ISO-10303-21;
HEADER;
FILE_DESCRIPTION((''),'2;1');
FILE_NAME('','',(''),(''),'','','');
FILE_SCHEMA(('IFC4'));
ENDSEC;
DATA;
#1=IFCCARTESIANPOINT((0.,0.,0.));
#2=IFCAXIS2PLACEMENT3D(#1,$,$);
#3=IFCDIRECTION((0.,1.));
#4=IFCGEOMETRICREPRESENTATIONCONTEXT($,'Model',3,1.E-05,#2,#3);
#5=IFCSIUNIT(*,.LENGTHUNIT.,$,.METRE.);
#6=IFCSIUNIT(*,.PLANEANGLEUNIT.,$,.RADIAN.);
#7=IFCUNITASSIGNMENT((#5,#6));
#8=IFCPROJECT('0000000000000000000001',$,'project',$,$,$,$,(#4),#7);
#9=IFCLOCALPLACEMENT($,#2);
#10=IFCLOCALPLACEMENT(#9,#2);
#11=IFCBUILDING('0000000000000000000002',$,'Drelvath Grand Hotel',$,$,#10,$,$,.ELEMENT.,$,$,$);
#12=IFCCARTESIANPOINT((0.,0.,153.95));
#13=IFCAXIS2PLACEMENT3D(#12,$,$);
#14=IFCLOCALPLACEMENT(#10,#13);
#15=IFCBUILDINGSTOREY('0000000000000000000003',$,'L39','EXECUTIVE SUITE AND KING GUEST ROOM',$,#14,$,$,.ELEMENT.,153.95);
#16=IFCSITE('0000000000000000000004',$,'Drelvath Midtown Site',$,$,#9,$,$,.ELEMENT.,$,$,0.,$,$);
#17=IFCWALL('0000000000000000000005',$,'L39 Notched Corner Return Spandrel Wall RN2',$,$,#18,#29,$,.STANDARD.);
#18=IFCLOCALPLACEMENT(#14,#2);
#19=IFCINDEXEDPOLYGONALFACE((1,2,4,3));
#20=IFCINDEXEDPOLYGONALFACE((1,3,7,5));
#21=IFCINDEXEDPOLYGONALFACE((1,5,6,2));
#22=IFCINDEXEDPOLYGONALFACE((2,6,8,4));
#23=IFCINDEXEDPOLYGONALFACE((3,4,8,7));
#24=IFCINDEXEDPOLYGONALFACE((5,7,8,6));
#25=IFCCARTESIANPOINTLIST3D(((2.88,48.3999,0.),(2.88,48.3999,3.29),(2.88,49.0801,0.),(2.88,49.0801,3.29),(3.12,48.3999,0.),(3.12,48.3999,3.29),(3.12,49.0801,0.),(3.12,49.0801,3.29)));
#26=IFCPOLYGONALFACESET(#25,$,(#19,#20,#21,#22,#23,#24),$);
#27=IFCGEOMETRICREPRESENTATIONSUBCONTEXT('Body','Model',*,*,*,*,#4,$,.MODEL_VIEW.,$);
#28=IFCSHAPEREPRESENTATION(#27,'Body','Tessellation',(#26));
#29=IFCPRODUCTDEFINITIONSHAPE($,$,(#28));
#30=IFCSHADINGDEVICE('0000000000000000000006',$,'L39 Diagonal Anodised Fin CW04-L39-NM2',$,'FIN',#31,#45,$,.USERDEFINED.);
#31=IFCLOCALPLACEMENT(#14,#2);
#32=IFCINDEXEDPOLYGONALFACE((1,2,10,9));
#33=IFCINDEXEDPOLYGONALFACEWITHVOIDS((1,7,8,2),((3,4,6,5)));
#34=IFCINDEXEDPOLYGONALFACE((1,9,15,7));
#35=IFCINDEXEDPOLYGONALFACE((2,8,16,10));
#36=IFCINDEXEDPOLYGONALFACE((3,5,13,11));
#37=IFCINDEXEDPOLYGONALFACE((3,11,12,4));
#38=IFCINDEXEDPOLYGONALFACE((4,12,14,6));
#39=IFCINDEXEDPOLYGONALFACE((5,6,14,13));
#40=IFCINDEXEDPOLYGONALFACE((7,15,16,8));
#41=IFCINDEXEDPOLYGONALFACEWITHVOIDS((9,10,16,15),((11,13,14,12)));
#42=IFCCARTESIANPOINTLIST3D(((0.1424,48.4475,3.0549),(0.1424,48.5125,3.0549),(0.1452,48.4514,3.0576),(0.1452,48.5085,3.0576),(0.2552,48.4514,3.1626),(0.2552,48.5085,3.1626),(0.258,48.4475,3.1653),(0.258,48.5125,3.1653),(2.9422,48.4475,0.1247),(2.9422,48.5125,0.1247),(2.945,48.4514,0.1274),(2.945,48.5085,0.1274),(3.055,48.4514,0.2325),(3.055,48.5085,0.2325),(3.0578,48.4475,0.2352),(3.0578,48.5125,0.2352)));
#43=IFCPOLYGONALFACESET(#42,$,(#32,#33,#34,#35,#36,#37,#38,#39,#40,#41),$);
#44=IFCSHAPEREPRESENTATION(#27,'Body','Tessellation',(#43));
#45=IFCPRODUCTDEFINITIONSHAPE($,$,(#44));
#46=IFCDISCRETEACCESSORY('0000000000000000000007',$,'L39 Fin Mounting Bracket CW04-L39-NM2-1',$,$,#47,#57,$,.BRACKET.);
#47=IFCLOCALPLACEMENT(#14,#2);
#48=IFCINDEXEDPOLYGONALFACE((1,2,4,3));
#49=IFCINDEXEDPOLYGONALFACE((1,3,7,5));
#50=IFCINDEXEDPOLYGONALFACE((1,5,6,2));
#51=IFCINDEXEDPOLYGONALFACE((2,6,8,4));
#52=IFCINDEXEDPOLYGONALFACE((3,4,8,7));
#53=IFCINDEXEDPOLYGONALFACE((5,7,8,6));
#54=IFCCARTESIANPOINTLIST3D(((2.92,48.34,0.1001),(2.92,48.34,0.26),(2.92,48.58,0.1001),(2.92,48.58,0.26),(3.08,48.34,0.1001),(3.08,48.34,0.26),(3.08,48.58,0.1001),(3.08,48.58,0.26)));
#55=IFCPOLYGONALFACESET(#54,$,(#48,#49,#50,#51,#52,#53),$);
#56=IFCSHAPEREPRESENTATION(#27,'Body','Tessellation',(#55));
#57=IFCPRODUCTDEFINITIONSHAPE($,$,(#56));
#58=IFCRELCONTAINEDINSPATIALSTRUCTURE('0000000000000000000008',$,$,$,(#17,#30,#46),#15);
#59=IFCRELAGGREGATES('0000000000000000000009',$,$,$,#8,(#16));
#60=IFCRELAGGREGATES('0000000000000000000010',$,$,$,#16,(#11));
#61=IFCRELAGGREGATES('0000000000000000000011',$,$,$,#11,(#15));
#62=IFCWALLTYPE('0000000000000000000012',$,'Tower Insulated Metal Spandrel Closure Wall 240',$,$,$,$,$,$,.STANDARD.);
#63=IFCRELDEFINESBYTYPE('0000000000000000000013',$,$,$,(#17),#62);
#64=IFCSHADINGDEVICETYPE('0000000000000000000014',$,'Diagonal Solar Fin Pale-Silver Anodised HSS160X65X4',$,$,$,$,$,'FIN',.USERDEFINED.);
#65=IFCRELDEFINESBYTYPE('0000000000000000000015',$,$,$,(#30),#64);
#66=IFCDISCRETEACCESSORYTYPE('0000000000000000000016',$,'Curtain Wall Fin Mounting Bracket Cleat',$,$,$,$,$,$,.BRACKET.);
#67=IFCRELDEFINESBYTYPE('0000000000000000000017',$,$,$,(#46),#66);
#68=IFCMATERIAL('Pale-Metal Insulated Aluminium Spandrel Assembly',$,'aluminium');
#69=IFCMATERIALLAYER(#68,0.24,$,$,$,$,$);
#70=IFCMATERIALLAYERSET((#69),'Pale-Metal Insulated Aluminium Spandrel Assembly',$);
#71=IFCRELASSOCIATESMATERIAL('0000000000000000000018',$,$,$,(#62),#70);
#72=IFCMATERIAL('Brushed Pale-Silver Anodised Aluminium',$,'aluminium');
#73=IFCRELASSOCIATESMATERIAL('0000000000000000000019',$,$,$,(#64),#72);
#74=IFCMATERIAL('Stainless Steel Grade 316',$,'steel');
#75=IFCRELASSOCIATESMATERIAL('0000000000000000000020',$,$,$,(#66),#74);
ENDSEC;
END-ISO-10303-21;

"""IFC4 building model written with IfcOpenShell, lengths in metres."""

from ifc_helpers import new_model, si_unit, direction, frame, frame_2d, origin, origin_2d, place, context, subcontext, project, spatial, rectangle, hollow_rectangle, extrude, material, layer, layer_set, material_profile, profile_set, type_object, element, save


model = new_model("IFC4")

# Units and contexts
model_context = context("Model", 3, precision=1e-05, world=origin(), true_north=direction((0.0, 1.0)))
body_context = subcontext(model_context, "Body", "Model", "MODEL_VIEW")
ifc_project = project(units=[si_unit("LENGTHUNIT", "METRE"), si_unit("PLANEANGLEUNIT", "RADIAN")], contexts=[model_context])

# Site, building, storey
site_placement = place(None, origin())
site = spatial("IfcSite", under=ifc_project, at=site_placement, Name="Drelvath Midtown Site", CompositionType="ELEMENT", RefElevation=0.0)
building_placement = place(site_placement, origin())
building = spatial("IfcBuilding", under=site, at=building_placement, Name="Drelvath Grand Hotel", CompositionType="ELEMENT")
storey_placement = place(building_placement, frame((0.0, 0.0, 153.95)))
storey = spatial("IfcBuildingStorey", under=building, at=storey_placement, Name="L39", Description="EXECUTIVE SUITE AND KING GUEST ROOM", CompositionType="ELEMENT", Elevation=153.95)

# Wall
ifc_material_1 = material(Name="Pale-Metal Insulated Aluminium Spandrel Assembly", Category="aluminium")
ifc_layer_1 = layer(ifc_material_1, 0.24)
ifc_layer_set_1 = layer_set([ifc_layer_1], Name="Pale-Metal Insulated Aluminium Spandrel Assembly")
wall_type_1 = type_object("IfcWallType", Name="Tower Insulated Metal Spandrel Closure Wall 240", PredefinedType="STANDARD", material=ifc_layer_set_1)
wall_1_placement = place(storey_placement, frame((3.0, 48.3999, 0.0), z_axis=(0.0, 0.0, 1.0), x_axis=(0.0, 1.0, 0.0)))
element("IfcWall", 1, at=wall_1_placement, inside=storey, type_object=wall_type_1, Name="L39 Notched Corner Return Spandrel Wall RN2", PredefinedType="STANDARD", context=body_context, shape_type="SweptSolid", body=[
    extrude(rectangle(XDim=0.6802, YDim=0.24, at=frame_2d((0.3401, 0.0))), origin(), (0.0, 0.0, 1.0), 3.29),
])

# Shading device
ifc_material_2 = material(Name="Brushed Pale-Silver Anodised Aluminium", Category="aluminium")
ifc_material_profile_1 = material_profile(ifc_material_2, hollow_rectangle(XDim=0.0649, YDim=0.1599, WallThickness=0.0039, at=origin_2d()), Name="HSS160X65X4")
ifc_profile_set_1 = profile_set([ifc_material_profile_1], Name="Brushed Pale-Silver Anodised Aluminium")
shading_device_type = type_object("IfcShadingDeviceType", Name="Diagonal Solar Fin Pale-Silver Anodised HSS160X65X4", ElementType="FIN", PredefinedType="USERDEFINED", material=ifc_profile_set_1)
shading_device_placement = place(storey_placement, frame((3.0, 48.48, 0.1799), z_axis=(-0.69084, 0.0, 0.723008), x_axis=(0.0, -1.0, 0.0)))
element("IfcShadingDevice", 2, at=shading_device_placement, inside=storey, type_object=shading_device_type, Name="L39 Diagonal Anodised Fin CW04-L39-NM2", ObjectType="FIN", PredefinedType="USERDEFINED", context=body_context, shape_type="SweptSolid", body=[
    extrude(hollow_rectangle(XDim=0.0649, YDim=0.1599, WallThickness=0.0039, at=origin_2d()), origin(), (0.0, 0.0, 1.0), 4.0527),
])

# Discrete accessory
ifc_material_3 = material(Name="Stainless Steel Grade 316", Category="steel")
discrete_accessory_type = type_object("IfcDiscreteAccessoryType", Name="Curtain Wall Fin Mounting Bracket Cleat", PredefinedType="BRACKET", material=ifc_material_3)
discrete_accessory_placement = place(storey_placement, frame((3.0, 48.46, 0.1001), z_axis=(0.0, 0.0, 1.0), x_axis=(1.0, 0.0, 0.0)))
element("IfcDiscreteAccessory", 3, at=discrete_accessory_placement, inside=storey, type_object=discrete_accessory_type, Name="L39 Fin Mounting Bracket CW04-L39-NM2-1", PredefinedType="BRACKET", context=body_context, shape_type="SweptSolid", body=[
    extrude(rectangle(XDim=0.1599, YDim=0.24, at=origin_2d()), origin(), (0.0, 0.0, 1.0), 0.1599),
])

save(model, "model.ifc")
